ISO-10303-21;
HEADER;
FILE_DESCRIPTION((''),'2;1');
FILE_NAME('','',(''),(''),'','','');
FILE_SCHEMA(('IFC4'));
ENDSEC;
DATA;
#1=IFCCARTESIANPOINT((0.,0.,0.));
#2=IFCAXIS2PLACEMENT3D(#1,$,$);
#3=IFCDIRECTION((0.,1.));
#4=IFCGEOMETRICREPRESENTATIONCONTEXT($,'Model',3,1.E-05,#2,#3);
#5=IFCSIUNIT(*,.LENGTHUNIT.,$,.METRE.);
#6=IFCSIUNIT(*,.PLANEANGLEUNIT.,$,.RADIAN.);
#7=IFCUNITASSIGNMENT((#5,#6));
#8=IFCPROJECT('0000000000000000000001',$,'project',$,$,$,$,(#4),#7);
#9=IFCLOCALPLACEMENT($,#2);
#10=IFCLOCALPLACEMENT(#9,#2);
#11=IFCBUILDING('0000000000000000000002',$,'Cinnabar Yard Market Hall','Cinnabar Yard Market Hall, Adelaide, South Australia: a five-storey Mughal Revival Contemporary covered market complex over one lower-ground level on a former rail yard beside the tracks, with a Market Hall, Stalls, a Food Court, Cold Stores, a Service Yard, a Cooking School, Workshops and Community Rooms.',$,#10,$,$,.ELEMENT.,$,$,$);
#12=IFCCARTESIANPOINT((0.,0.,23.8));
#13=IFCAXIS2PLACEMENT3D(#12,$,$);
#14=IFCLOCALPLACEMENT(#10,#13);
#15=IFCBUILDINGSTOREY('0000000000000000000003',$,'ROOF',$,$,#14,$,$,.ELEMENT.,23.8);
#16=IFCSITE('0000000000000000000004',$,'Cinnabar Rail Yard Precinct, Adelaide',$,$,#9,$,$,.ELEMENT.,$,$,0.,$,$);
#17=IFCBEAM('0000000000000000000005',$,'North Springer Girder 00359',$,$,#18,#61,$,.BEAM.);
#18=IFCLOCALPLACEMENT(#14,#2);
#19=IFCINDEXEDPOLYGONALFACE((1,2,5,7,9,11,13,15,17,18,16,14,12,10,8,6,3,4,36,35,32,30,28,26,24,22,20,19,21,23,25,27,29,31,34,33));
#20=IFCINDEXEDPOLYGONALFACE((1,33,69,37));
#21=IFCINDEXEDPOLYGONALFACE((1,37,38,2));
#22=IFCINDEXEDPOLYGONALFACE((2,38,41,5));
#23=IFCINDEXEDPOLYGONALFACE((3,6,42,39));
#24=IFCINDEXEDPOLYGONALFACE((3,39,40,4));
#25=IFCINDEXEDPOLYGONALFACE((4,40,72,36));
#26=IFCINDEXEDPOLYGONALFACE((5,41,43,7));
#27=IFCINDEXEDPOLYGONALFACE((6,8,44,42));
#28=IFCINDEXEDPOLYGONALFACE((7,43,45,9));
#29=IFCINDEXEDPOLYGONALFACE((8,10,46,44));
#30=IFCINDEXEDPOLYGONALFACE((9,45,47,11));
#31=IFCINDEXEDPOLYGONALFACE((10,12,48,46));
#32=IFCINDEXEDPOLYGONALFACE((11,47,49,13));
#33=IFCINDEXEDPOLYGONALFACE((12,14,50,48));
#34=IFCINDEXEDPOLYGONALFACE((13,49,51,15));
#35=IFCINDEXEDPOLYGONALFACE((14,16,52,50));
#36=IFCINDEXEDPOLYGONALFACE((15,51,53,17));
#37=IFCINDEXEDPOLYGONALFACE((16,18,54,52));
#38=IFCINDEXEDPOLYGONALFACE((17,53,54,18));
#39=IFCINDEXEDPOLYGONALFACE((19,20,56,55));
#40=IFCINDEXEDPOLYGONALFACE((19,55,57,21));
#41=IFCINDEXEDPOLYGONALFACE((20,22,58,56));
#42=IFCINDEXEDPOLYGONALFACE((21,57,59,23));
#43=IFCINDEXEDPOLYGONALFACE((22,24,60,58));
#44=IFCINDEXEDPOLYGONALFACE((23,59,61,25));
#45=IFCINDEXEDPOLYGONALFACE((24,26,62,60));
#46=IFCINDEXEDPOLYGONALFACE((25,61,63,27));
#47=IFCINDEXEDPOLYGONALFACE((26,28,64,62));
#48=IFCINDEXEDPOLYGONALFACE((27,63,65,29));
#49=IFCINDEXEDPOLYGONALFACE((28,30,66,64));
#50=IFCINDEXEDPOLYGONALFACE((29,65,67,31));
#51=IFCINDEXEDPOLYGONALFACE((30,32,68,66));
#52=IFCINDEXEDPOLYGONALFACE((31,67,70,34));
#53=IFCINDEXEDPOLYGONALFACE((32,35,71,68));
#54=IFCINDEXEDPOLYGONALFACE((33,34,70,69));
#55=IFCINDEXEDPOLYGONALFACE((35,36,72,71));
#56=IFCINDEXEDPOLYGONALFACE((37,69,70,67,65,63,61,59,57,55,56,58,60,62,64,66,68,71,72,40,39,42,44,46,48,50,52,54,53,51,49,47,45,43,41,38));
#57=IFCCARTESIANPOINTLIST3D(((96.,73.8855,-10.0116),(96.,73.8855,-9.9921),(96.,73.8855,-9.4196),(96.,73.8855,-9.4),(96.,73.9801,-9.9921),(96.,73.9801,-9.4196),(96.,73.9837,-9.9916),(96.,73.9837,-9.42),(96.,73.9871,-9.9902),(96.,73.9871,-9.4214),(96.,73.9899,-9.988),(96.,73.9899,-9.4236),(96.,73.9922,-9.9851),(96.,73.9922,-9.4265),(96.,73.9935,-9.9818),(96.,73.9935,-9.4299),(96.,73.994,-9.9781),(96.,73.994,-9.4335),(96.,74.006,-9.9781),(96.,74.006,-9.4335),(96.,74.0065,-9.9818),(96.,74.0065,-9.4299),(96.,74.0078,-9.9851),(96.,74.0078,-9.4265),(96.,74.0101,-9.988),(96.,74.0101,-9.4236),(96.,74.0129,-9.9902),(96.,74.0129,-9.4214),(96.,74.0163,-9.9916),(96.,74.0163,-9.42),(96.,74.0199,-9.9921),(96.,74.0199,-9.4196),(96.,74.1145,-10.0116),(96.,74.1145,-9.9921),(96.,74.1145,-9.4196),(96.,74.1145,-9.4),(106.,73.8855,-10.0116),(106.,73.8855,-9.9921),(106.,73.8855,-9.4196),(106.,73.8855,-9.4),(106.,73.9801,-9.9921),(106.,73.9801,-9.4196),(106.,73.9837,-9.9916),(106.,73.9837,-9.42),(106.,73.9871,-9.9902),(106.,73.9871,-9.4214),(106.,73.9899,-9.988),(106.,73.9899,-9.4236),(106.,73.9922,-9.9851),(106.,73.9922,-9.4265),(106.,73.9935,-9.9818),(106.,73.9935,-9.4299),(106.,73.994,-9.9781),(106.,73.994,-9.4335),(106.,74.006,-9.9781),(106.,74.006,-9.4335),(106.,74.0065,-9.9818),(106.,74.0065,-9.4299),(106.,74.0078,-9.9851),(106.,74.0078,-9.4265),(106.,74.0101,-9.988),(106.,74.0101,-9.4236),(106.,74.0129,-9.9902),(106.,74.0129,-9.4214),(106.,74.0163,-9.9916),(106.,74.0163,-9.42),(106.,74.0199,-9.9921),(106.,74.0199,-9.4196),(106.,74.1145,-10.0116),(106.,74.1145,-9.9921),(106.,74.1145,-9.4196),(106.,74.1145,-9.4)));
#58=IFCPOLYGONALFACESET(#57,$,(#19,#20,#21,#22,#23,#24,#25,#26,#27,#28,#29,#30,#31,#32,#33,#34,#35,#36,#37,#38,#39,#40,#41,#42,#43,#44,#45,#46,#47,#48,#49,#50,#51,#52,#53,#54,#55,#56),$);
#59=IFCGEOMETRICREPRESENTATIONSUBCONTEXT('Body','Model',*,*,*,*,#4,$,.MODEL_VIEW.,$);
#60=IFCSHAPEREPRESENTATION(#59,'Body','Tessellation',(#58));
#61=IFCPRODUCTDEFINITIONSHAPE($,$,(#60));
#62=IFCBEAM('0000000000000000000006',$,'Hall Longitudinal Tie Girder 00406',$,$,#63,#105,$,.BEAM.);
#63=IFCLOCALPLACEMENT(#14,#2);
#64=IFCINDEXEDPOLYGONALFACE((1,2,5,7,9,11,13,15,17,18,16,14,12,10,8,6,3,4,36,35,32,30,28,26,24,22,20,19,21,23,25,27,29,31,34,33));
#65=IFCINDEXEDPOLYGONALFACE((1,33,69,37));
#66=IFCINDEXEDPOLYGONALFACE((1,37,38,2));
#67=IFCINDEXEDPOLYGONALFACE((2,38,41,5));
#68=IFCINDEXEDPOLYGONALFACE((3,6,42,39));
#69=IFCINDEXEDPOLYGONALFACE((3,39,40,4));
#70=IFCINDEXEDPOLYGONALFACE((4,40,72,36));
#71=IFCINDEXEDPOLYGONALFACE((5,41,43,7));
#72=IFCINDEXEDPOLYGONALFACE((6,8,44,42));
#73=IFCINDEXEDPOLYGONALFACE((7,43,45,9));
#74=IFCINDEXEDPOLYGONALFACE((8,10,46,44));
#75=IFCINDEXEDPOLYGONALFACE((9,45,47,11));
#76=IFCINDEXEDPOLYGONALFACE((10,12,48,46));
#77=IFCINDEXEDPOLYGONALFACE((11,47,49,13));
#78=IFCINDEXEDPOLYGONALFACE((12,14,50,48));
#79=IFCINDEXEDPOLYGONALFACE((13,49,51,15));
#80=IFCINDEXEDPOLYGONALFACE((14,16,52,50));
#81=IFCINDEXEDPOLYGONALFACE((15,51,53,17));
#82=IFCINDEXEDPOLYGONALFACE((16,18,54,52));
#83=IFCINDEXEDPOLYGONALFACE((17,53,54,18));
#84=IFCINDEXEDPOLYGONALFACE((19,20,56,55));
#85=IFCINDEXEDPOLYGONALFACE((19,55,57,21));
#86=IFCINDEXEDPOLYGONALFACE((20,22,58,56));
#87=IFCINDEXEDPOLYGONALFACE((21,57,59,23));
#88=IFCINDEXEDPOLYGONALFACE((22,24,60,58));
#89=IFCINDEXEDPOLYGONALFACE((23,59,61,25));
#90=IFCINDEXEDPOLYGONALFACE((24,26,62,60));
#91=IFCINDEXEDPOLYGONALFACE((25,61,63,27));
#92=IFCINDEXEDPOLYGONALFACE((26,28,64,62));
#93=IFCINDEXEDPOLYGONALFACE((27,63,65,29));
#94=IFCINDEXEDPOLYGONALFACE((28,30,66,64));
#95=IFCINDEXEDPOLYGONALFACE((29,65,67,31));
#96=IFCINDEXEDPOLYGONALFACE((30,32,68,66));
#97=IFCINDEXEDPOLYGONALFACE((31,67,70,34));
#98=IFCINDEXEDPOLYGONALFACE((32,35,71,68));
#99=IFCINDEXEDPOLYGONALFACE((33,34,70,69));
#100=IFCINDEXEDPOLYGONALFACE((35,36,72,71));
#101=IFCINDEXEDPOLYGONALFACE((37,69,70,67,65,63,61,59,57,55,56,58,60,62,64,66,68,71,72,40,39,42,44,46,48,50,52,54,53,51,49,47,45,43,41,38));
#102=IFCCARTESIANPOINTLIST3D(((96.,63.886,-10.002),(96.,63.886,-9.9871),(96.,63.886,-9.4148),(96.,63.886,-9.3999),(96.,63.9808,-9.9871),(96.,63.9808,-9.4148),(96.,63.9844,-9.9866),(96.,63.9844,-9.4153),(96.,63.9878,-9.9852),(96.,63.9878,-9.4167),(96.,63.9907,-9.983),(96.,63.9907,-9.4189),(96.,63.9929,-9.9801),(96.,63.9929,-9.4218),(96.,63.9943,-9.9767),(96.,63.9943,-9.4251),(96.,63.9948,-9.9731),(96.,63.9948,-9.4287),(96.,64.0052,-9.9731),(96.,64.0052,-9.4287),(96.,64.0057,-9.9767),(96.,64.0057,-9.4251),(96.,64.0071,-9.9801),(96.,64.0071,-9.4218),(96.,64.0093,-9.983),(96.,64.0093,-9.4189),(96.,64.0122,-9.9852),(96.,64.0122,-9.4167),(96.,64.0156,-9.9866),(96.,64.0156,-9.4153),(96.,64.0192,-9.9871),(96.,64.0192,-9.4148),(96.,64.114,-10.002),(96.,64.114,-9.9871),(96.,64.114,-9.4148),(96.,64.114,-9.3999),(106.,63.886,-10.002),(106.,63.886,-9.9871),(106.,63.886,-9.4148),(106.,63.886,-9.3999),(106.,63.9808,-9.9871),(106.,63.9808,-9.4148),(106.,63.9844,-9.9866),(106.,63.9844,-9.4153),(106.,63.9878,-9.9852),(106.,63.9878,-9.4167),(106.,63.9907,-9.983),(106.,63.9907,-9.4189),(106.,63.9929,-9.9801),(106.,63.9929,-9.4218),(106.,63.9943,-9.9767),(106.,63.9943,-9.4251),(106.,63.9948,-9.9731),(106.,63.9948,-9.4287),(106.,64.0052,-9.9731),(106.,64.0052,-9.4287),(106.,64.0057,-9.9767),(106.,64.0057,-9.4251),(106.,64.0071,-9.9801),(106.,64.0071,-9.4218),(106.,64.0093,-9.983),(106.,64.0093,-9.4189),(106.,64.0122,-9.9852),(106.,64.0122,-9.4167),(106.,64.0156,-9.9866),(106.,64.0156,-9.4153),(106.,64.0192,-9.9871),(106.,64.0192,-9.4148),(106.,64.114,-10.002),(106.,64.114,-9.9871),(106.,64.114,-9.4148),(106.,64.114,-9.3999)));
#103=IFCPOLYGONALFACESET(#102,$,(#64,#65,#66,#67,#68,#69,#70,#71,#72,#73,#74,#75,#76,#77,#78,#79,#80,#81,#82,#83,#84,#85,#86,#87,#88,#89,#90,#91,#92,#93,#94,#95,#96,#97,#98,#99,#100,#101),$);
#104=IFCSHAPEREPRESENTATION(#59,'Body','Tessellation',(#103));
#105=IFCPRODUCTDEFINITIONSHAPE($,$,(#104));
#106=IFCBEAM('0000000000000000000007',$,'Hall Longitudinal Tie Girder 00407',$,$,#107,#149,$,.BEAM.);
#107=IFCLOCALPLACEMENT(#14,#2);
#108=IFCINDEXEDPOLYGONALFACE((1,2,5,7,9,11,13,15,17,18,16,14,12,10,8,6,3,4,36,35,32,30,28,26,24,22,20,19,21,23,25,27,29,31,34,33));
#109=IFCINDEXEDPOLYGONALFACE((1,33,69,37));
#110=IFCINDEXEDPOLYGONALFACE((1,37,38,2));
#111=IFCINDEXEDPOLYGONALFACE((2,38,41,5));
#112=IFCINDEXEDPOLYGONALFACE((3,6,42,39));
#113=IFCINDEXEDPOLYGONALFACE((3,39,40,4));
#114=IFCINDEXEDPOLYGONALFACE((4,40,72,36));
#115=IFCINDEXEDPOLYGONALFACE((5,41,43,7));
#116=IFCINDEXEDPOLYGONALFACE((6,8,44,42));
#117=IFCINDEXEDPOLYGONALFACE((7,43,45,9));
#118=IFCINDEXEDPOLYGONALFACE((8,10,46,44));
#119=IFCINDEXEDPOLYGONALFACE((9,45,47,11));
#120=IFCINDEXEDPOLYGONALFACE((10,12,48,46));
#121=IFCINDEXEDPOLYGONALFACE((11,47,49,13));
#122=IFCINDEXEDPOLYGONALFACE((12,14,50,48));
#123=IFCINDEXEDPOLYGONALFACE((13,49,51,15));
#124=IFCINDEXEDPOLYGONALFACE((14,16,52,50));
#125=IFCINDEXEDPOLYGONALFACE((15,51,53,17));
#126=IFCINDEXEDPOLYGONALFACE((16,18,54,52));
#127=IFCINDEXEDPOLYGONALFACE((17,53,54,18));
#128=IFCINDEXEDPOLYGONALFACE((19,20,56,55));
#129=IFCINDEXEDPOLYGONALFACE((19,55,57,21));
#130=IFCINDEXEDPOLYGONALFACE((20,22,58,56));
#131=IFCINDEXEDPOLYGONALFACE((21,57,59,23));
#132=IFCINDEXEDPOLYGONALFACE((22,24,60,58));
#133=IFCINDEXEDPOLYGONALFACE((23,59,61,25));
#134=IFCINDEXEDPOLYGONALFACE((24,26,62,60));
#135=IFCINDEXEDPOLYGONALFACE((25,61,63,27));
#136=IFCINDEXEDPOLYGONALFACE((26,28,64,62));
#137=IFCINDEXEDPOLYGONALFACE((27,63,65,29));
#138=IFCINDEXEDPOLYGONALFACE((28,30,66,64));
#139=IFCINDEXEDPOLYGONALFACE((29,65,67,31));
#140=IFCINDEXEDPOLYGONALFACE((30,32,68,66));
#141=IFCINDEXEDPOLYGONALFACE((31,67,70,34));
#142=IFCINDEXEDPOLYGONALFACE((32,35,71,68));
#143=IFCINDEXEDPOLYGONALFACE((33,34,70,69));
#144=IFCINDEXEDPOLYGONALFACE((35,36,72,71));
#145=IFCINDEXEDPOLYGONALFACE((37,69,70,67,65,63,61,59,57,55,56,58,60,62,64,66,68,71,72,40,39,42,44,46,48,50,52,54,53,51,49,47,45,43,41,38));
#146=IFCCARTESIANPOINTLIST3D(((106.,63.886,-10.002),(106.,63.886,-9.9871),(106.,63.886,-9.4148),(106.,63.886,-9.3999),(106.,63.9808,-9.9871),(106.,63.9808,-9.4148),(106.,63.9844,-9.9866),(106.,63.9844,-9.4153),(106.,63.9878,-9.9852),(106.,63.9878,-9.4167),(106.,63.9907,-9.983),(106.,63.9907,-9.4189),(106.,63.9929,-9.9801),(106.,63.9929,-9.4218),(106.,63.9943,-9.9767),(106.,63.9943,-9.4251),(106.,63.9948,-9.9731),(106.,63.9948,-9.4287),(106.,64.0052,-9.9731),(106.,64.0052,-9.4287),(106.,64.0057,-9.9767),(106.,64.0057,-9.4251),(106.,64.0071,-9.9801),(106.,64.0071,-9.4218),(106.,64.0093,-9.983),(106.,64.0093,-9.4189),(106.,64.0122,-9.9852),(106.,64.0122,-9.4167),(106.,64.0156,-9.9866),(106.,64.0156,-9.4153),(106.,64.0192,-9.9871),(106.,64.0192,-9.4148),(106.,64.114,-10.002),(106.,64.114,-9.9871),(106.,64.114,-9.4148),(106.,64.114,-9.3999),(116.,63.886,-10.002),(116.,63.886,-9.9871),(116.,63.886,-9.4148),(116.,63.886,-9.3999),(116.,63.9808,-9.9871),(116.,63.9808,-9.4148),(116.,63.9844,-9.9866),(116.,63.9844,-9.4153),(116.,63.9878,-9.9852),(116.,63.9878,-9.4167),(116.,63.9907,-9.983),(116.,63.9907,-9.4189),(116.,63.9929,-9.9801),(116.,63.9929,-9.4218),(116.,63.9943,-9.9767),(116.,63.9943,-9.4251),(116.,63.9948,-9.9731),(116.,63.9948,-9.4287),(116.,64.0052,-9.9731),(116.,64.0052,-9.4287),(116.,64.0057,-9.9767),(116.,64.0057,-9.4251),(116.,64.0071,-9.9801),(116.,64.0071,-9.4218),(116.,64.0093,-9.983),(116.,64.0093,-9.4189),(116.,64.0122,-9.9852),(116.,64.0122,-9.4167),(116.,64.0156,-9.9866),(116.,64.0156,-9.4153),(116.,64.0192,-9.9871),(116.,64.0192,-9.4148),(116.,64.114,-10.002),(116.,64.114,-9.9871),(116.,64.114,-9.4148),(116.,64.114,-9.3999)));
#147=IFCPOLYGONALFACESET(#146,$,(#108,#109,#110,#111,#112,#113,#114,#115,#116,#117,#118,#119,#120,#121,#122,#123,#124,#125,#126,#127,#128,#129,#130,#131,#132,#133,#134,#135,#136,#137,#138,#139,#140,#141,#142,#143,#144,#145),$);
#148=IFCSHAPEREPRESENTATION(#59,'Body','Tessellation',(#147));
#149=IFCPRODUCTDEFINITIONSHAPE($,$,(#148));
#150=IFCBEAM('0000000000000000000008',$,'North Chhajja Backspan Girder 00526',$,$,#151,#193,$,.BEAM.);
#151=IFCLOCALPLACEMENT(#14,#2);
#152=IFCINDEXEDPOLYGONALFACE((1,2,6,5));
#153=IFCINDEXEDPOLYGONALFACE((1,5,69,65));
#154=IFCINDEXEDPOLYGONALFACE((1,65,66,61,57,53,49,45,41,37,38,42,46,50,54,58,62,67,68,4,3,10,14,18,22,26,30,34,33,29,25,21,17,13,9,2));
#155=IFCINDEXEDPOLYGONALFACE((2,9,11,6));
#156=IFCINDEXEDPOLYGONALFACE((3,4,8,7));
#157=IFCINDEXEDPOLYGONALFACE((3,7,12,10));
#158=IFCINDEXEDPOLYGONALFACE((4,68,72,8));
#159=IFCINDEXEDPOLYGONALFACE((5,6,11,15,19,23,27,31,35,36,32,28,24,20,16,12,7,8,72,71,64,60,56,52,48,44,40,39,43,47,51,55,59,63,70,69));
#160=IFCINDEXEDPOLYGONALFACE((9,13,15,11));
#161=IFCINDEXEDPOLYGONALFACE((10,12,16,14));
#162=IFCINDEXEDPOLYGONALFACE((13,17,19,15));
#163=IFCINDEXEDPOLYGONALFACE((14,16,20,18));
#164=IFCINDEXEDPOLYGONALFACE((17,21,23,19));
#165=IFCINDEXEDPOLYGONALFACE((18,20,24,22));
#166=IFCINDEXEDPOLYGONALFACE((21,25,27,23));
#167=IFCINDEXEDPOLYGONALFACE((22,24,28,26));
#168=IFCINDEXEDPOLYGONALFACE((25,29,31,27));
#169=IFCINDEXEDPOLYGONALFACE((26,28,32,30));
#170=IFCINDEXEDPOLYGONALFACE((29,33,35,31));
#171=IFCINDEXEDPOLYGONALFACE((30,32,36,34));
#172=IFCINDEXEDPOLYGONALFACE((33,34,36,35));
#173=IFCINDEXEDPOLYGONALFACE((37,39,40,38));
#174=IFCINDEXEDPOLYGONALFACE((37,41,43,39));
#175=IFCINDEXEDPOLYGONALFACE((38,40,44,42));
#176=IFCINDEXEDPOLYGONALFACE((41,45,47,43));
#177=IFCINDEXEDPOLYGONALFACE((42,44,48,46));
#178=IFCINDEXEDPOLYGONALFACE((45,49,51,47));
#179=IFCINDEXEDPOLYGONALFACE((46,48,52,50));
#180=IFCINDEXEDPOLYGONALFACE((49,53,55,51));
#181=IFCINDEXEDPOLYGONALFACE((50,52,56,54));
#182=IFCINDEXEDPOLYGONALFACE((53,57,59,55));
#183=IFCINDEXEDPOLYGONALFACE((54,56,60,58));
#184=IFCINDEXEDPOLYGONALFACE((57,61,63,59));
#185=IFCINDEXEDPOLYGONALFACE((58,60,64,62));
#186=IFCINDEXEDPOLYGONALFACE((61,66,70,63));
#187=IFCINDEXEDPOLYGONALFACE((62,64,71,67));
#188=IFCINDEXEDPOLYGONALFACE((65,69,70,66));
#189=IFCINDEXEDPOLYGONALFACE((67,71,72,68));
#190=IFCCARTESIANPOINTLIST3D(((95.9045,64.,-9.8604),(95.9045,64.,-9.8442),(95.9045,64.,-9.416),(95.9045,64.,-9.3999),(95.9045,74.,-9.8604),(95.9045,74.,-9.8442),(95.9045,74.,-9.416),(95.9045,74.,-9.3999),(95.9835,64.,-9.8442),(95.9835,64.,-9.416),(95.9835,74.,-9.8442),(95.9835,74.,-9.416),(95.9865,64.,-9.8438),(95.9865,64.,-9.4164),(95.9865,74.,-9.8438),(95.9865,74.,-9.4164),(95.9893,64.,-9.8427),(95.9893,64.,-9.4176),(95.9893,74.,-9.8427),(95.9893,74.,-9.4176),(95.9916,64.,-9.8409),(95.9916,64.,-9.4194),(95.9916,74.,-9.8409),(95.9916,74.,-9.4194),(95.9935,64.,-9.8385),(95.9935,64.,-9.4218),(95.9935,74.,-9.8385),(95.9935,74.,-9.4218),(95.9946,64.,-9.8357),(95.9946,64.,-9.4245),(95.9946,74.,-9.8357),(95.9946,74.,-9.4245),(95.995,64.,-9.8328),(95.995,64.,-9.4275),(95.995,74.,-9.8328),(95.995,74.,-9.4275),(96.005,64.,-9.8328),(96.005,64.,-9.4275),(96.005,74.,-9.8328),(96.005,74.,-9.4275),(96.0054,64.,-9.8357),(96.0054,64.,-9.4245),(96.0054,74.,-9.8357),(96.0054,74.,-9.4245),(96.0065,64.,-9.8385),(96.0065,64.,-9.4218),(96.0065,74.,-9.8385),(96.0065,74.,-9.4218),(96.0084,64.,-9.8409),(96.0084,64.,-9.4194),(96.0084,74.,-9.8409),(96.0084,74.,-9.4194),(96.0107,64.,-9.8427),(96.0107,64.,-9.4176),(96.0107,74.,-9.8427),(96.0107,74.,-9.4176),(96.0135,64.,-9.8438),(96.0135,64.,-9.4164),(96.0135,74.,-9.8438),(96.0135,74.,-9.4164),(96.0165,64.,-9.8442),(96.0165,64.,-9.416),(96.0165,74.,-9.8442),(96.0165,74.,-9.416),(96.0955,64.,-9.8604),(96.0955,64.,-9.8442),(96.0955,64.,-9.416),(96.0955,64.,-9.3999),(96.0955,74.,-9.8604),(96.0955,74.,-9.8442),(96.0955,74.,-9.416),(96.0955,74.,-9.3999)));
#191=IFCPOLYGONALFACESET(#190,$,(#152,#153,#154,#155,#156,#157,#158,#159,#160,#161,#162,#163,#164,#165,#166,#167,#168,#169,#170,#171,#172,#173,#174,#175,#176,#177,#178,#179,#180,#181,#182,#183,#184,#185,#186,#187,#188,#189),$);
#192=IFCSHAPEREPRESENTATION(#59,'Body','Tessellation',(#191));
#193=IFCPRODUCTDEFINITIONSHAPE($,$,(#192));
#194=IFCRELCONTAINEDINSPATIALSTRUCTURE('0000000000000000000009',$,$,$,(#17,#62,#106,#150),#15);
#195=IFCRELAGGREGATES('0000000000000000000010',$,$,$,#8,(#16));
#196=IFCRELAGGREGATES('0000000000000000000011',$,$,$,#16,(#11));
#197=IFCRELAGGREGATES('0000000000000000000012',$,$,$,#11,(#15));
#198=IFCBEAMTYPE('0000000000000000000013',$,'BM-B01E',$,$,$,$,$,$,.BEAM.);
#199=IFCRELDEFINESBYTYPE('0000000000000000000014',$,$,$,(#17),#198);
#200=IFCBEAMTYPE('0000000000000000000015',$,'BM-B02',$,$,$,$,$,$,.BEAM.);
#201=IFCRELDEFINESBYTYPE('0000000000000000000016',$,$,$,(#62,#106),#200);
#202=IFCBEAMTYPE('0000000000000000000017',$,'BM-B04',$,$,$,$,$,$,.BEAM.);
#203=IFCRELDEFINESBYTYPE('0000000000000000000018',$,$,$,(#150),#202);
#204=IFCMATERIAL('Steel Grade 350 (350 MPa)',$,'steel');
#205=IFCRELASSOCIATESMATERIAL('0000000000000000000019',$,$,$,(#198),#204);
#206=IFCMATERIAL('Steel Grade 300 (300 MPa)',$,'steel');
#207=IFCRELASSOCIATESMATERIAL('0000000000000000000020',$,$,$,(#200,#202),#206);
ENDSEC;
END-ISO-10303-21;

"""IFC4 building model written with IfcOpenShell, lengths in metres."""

from ifc_helpers import new_model, si_unit, direction, frame, origin, origin_2d_with_axis, place, context, subcontext, project, spatial, i_section, extrude, material, material_profile, profile_set, type_object, element, save


model = new_model("IFC4")

# Units and contexts
model_context = context("Model", 3, precision=1e-05, world=origin(), true_north=direction((0.0, 1.0)))
body_context = subcontext(model_context, "Body", "Model", "MODEL_VIEW")
ifc_project = project(units=[si_unit("LENGTHUNIT", "METRE"), si_unit("PLANEANGLEUNIT", "RADIAN")], contexts=[model_context])

# Site, building, storey
site_placement = place(None, origin())
site = spatial("IfcSite", under=ifc_project, at=site_placement, Name="Cinnabar Rail Yard Precinct, Adelaide", CompositionType="ELEMENT", RefElevation=0.0)
building_placement = place(site_placement, origin())
building = spatial("IfcBuilding", under=site, at=building_placement, Name="Cinnabar Yard Market Hall", Description="Cinnabar Yard Market Hall, Adelaide, South Australia: a five-storey Mughal Revival Contemporary covered market complex over one lower-ground level on a former rail yard beside the tracks, with a Market Hall, Stalls, a Food Court, Cold Stores, a Service Yard, a Cooking School, Workshops and Community Rooms.", CompositionType="ELEMENT")
storey_placement = place(building_placement, frame((0.0, 0.0, 23.8)))
storey = spatial("IfcBuildingStorey", under=building, at=storey_placement, Name="ROOF", CompositionType="ELEMENT", Elevation=23.8)

# Beams
ifc_material_1 = material(Name="Steel Grade 350 (350 MPa)", Category="steel")
ifc_material_profile_1 = material_profile(ifc_material_1, i_section(OverallWidth=0.229, OverallDepth=0.6116, WebThickness=0.012, FlangeThickness=0.0195, FilletRadius=0.0139, at=origin_2d_with_axis()), Name="610UB125")
ifc_profile_set_1 = profile_set([ifc_material_profile_1], Name="Steel Grade 350 (350 MPa)")
beam_type_1 = type_object("IfcBeamType", Name="BM-B01E", PredefinedType="BEAM", material=ifc_profile_set_1)
beam_1_placement = place(storey_placement, frame((96.0, 74.0, -9.7058), z_axis=(1.0, 0.0, 0.0), x_axis=(0.0, 1.0, 0.0)))
element("IfcBeam", 1, at=beam_1_placement, inside=storey, type_object=beam_type_1, Name="North Springer Girder 00359", PredefinedType="BEAM", context=body_context, shape_type="SweptSolid", body=[
    extrude(i_section(OverallWidth=0.229, OverallDepth=0.6116, WebThickness=0.012, FlangeThickness=0.0195, FilletRadius=0.0139, at=origin_2d_with_axis()), origin(), (0.0, 0.0, 1.0), 10.0),
])
ifc_material_2 = material(Name="Steel Grade 300 (300 MPa)", Category="steel")
ifc_material_profile_2 = material_profile(ifc_material_2, i_section(OverallWidth=0.228, OverallDepth=0.6021, WebThickness=0.0105, FlangeThickness=0.0149, FilletRadius=0.0139, at=origin_2d_with_axis()), Name="610UB101")
ifc_profile_set_2 = profile_set([ifc_material_profile_2], Name="Steel Grade 300 (300 MPa)")
beam_type_2 = type_object("IfcBeamType", Name="BM-B02", PredefinedType="BEAM", material=ifc_profile_set_2)
for number, where, z_axis, x_axis, name in (
    (2, (96.0, 64.0, -9.7009), (1.0, 0.0, 0.0), (0.0, 1.0, 0.0), "Hall Longitudinal Tie Girder 00406"),
    (3, (106.0, 64.0, -9.7009), (1.0, 0.0, 0.0), (0.0, 1.0, 0.0), "Hall Longitudinal Tie Girder 00407"),
):
    element("IfcBeam", number, at=place(storey_placement, frame(where, z_axis=z_axis, x_axis=x_axis)), inside=storey, type_object=beam_type_2, Name=name, PredefinedType="BEAM", context=body_context, shape_type="SweptSolid", body=[
        extrude(i_section(OverallWidth=0.228, OverallDepth=0.6021, WebThickness=0.0105, FlangeThickness=0.0149, FilletRadius=0.0139, at=origin_2d_with_axis()), origin(), (0.0, 0.0, 1.0), 10.0),
    ])
ifc_material_profile_3 = material_profile(ifc_material_2, i_section(OverallWidth=0.1909, OverallDepth=0.4604, WebThickness=0.01, FlangeThickness=0.0161, FilletRadius=0.0115, at=origin_2d_with_axis()), Name="460UB82.1")
ifc_profile_set_3 = profile_set([ifc_material_profile_3], Name="Steel Grade 300 (300 MPa)")
beam_type_3 = type_object("IfcBeamType", Name="BM-B04", PredefinedType="BEAM", material=ifc_profile_set_3)
for number, where, z_axis, x_axis, name in (
    (4, (96.0, 64.0, -9.6301), (0.0, 1.0, 0.0), (-1.0, 0.0, 0.0), "North Chhajja Backspan Girder 00526"),
):
    element("IfcBeam", number, at=place(storey_placement, frame(where, z_axis=z_axis, x_axis=x_axis)), inside=storey, type_object=beam_type_3, Name=name, PredefinedType="BEAM", context=body_context, shape_type="SweptSolid", body=[
        extrude(i_section(OverallWidth=0.1909, OverallDepth=0.4604, WebThickness=0.01, FlangeThickness=0.0161, FilletRadius=0.0115, at=origin_2d_with_axis()), origin(), (0.0, 0.0, 1.0), 10.0),
    ])

save(model, "model.ifc")
